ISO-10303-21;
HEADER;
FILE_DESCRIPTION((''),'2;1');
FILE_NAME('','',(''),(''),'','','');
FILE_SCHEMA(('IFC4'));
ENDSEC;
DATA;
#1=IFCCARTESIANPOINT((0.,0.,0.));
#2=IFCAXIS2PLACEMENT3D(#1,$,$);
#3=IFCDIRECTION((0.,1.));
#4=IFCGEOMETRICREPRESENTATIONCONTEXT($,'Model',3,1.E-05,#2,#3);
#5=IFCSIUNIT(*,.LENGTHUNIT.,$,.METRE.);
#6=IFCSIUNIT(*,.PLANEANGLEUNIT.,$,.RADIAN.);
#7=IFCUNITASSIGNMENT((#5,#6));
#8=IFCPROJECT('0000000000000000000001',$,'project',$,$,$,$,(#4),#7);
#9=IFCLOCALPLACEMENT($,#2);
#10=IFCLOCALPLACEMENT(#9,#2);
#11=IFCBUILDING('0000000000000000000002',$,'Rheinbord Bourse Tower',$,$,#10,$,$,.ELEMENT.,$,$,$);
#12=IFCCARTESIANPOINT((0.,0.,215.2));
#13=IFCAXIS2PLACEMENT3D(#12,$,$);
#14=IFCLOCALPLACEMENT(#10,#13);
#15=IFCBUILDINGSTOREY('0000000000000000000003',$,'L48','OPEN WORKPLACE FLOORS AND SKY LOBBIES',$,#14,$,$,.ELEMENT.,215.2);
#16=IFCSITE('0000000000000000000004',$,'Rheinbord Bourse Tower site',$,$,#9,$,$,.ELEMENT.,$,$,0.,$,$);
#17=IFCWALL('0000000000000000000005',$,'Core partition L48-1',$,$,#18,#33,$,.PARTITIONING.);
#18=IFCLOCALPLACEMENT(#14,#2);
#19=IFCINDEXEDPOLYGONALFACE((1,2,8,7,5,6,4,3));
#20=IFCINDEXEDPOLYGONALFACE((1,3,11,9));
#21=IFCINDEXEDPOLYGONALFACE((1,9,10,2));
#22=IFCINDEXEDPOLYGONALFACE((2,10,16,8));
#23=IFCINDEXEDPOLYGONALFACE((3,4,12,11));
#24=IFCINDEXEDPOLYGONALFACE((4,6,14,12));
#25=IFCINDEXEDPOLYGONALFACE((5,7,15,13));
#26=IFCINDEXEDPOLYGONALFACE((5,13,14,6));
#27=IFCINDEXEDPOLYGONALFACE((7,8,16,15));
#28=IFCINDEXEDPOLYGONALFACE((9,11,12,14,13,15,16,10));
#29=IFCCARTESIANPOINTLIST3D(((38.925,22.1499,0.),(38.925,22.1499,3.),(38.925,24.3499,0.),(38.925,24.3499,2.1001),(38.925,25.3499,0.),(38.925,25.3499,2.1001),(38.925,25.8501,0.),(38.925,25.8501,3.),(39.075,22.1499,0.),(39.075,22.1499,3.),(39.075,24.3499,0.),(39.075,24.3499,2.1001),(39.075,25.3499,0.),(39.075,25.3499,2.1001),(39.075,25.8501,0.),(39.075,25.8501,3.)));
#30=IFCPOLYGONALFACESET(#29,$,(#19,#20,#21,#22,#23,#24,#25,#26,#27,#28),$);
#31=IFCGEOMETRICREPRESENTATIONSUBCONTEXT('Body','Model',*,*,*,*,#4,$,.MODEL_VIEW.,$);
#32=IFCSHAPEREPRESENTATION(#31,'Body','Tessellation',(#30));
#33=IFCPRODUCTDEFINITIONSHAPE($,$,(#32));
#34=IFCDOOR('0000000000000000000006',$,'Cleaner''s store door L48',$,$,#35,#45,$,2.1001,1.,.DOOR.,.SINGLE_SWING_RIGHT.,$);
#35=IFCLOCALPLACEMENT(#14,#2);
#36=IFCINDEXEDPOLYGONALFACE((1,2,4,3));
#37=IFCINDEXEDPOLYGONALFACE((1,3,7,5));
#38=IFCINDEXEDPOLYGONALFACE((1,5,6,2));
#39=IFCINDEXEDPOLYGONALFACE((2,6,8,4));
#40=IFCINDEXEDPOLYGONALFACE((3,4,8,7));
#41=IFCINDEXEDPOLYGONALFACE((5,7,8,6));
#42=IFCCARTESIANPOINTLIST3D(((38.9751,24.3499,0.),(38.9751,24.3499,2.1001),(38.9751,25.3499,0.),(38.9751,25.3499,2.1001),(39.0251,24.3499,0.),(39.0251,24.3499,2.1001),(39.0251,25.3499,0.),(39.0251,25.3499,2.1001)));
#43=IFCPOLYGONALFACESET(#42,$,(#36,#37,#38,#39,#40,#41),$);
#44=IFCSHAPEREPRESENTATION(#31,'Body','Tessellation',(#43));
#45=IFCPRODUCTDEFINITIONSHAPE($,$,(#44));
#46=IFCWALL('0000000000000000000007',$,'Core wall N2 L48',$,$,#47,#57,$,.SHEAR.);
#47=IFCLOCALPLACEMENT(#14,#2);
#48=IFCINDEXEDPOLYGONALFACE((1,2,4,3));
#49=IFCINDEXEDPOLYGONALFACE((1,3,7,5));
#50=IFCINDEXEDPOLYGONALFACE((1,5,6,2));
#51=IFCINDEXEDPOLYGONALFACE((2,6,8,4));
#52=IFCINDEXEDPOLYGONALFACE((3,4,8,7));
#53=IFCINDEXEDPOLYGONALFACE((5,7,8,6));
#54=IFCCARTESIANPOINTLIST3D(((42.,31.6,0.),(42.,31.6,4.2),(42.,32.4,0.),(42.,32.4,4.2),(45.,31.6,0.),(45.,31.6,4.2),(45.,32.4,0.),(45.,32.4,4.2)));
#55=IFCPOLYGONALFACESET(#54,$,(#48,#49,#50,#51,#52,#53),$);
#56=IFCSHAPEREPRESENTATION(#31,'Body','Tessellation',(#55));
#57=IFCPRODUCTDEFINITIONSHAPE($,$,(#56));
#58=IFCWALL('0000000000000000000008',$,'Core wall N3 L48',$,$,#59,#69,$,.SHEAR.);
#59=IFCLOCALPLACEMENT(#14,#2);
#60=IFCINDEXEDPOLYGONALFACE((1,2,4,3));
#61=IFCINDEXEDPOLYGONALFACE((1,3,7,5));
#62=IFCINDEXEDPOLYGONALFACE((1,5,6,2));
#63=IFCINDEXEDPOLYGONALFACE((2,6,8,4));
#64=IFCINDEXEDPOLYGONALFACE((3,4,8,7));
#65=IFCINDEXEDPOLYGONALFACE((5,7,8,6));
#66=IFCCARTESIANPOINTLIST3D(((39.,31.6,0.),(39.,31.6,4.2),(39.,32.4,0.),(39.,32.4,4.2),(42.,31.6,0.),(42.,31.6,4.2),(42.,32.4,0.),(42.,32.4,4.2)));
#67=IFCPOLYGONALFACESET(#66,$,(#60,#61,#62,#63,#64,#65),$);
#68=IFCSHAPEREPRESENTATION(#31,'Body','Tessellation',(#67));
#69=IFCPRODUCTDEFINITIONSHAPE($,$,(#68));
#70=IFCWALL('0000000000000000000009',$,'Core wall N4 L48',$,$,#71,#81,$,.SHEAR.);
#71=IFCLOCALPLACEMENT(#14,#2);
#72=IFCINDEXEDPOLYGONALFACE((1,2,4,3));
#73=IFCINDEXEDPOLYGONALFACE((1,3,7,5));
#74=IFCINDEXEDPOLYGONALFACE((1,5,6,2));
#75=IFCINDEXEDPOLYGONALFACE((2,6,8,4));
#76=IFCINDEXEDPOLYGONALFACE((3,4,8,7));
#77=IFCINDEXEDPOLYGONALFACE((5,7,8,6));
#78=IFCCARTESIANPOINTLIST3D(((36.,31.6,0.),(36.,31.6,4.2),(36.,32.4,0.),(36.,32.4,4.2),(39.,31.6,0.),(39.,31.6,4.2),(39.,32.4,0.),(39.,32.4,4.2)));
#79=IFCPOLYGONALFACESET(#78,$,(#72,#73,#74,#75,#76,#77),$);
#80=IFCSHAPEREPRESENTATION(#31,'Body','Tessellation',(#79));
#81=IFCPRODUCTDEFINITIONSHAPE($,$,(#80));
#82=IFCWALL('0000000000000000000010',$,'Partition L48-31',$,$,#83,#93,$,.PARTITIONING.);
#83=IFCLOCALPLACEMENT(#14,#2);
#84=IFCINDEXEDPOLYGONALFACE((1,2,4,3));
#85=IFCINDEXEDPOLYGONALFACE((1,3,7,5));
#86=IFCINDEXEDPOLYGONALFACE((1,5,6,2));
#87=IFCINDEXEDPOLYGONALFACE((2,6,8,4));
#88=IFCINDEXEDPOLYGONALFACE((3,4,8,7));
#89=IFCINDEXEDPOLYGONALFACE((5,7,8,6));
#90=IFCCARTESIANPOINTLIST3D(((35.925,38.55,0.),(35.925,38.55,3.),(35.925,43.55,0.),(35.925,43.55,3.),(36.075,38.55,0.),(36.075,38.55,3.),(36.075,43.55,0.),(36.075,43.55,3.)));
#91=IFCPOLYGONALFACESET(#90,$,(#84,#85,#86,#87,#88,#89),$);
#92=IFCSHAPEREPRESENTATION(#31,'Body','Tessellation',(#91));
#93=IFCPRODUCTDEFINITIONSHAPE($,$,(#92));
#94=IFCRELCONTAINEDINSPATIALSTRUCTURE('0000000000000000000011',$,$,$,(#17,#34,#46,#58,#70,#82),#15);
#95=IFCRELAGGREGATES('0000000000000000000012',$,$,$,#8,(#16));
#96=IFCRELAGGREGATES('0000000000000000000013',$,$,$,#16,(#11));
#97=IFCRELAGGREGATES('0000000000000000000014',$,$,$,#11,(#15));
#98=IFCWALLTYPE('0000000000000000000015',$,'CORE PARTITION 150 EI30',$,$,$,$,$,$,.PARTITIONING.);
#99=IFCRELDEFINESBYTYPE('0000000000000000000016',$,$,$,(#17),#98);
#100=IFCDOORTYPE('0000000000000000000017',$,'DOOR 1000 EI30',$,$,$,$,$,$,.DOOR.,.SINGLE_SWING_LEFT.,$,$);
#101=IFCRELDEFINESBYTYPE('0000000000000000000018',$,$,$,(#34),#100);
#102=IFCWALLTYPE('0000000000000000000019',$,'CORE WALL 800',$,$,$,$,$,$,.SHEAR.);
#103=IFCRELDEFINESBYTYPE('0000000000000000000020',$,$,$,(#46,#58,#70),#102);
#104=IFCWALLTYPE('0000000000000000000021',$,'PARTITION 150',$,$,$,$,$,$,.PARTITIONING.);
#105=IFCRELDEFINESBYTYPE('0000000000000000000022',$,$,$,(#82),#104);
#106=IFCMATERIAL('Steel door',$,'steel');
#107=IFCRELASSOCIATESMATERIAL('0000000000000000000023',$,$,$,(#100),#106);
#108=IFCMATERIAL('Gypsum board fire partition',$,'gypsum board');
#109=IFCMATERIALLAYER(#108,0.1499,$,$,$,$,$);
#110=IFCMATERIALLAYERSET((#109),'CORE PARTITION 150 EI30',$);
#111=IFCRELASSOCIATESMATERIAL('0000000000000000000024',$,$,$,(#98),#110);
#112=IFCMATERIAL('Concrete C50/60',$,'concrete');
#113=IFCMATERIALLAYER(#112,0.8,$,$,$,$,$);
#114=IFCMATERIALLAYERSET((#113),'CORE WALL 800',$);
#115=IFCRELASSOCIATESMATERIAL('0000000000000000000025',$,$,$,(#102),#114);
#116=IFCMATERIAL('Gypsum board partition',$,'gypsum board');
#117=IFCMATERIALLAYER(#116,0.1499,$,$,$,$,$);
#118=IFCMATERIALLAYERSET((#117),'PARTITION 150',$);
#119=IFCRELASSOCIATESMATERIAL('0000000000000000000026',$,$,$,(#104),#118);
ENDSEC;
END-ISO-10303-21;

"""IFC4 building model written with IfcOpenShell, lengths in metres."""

from ifc_helpers import new_model, si_unit, direction, frame, frame_2d, origin, place, context, subcontext, project, spatial, rectangle, extrude, material, layer, layer_set, type_object, element, fill, save


model = new_model("IFC4")

# Units and contexts
model_context = context("Model", 3, precision=1e-05, world=origin(), true_north=direction((0.0, 1.0)))
body_context = subcontext(model_context, "Body", "Model", "MODEL_VIEW")
ifc_project = project(units=[si_unit("LENGTHUNIT", "METRE"), si_unit("PLANEANGLEUNIT", "RADIAN")], contexts=[model_context])

# Site, building, storey
site_placement = place(None, origin())
site = spatial("IfcSite", under=ifc_project, at=site_placement, Name="Rheinbord Bourse Tower site", CompositionType="ELEMENT", RefElevation=0.0)
building_placement = place(site_placement, origin())
building = spatial("IfcBuilding", under=site, at=building_placement, Name="Rheinbord Bourse Tower", CompositionType="ELEMENT")
storey_placement = place(building_placement, frame((0.0, 0.0, 215.2)))
storey = spatial("IfcBuildingStorey", under=building, at=storey_placement, Name="L48", Description="OPEN WORKPLACE FLOORS AND SKY LOBBIES", CompositionType="ELEMENT", Elevation=215.2)

# Shared definitions
ifc_material_1 = material(Name="Steel door", Category="steel")
door_type_1 = type_object("IfcDoorType", Name="DOOR 1000 EI30", OperationType="SINGLE_SWING_LEFT", PredefinedType="DOOR", material=ifc_material_1)

# Wall, opening, door
ifc_material_2 = material(Name="Gypsum board fire partition", Category="gypsum board")
ifc_layer_1 = layer(ifc_material_2, 0.1499)
ifc_layer_set_1 = layer_set([ifc_layer_1], Name="CORE PARTITION 150 EI30")
wall_type_1 = type_object("IfcWallType", Name="CORE PARTITION 150 EI30", PredefinedType="PARTITIONING", material=ifc_layer_set_1)
wall_1_placement = place(storey_placement, frame((39.0, 22.1499, 0.0), z_axis=(0.0, 0.0, 1.0), x_axis=(0.0, 1.0, 0.0)))
wall_1 = element("IfcWall", 1, at=wall_1_placement, inside=storey, type_object=wall_type_1, Name="Core partition L48-1", PredefinedType="PARTITIONING", context=body_context, shape_type="SweptSolid", body=[
    extrude(rectangle(XDim=3.7002, YDim=0.1499, at=frame_2d((1.8501, 0.0))), origin(), (0.0, 0.0, 1.0), 3.0),
])
opening_1_placement = place(wall_1_placement, frame((2.2, 0.0, 0.0)))
opening_1 = element("IfcOpeningElement", 2, at=opening_1_placement, cuts=wall_1, PredefinedType="OPENING", context=body_context, shape_type="SweptSolid", body=[
    extrude(rectangle(XDim=1.0, YDim=2.1001, at=frame_2d((0.5, 1.05))), frame((0.0, 0.085, 0.0), z_axis=(0.0, -1.0, 0.0), x_axis=(1.0, 0.0, 0.0)), (0.0, 0.0, 1.0), 0.1699),
])
door_1_placement = place(opening_1_placement, origin())
door_1 = element("IfcDoor", 3, at=door_1_placement, inside=storey, type_object=door_type_1, Name="Cleaner's store door L48", OperationType="SINGLE_SWING_RIGHT", OverallHeight=2.1001, OverallWidth=1.0, PredefinedType="DOOR", context=body_context, shape_type="SweptSolid", body=[
    extrude(rectangle(XDim=1.0, YDim=2.1001, at=frame_2d((0.5, 1.05))), frame((0.0, 0.0249, 0.0), z_axis=(0.0, -1.0, 0.0), x_axis=(1.0, 0.0, 0.0)), (0.0, 0.0, 1.0), 0.05),
])
fill(opening_1, door_1)

# Walls
ifc_material_3 = material(Name="Concrete C50/60", Category="concrete")
ifc_layer_2 = layer(ifc_material_3, 0.8)
ifc_layer_set_2 = layer_set([ifc_layer_2], Name="CORE WALL 800")
wall_type_2 = type_object("IfcWallType", Name="CORE WALL 800", PredefinedType="SHEAR", material=ifc_layer_set_2)
for number, where, z_axis, x_axis, name in (
    (4, (45.0, 32.0, 0.0), (0.0, 0.0, 1.0), (-1.0, 0.0, 0.0), "Core wall N2 L48"),
    (5, (42.0, 32.0, 0.0), (0.0, 0.0, 1.0), (-1.0, 0.0, 0.0), "Core wall N3 L48"),
    (6, (39.0, 32.0, 0.0), (0.0, 0.0, 1.0), (-1.0, 0.0, 0.0), "Core wall N4 L48"),
):
    element("IfcWall", number, at=place(storey_placement, frame(where, z_axis=z_axis, x_axis=x_axis)), inside=storey, type_object=wall_type_2, Name=name, PredefinedType="SHEAR", context=body_context, shape_type="SweptSolid", body=[
        extrude(rectangle(XDim=3.0, YDim=0.8, at=frame_2d((1.5, 0.0))), origin(), (0.0, 0.0, 1.0), 4.2),
    ])
ifc_material_4 = material(Name="Gypsum board partition", Category="gypsum board")
ifc_layer_3 = layer(ifc_material_4, 0.1499)
ifc_layer_set_3 = layer_set([ifc_layer_3], Name="PARTITION 150")
wall_type_3 = type_object("IfcWallType", Name="PARTITION 150", PredefinedType="PARTITIONING", material=ifc_layer_set_3)
wall_2_placement = place(storey_placement, frame((36.0, 38.55, 0.0), z_axis=(0.0, 0.0, 1.0), x_axis=(0.0, 1.0, 0.0)))
element("IfcWall", 7, at=wall_2_placement, inside=storey, type_object=wall_type_3, Name="Partition L48-31", PredefinedType="PARTITIONING", context=body_context, shape_type="SweptSolid", body=[
    extrude(rectangle(XDim=5.0, YDim=0.1499, at=frame_2d((2.5, 0.0))), origin(), (0.0, 0.0, 1.0), 3.0),
])

save(model, "model.ifc")
